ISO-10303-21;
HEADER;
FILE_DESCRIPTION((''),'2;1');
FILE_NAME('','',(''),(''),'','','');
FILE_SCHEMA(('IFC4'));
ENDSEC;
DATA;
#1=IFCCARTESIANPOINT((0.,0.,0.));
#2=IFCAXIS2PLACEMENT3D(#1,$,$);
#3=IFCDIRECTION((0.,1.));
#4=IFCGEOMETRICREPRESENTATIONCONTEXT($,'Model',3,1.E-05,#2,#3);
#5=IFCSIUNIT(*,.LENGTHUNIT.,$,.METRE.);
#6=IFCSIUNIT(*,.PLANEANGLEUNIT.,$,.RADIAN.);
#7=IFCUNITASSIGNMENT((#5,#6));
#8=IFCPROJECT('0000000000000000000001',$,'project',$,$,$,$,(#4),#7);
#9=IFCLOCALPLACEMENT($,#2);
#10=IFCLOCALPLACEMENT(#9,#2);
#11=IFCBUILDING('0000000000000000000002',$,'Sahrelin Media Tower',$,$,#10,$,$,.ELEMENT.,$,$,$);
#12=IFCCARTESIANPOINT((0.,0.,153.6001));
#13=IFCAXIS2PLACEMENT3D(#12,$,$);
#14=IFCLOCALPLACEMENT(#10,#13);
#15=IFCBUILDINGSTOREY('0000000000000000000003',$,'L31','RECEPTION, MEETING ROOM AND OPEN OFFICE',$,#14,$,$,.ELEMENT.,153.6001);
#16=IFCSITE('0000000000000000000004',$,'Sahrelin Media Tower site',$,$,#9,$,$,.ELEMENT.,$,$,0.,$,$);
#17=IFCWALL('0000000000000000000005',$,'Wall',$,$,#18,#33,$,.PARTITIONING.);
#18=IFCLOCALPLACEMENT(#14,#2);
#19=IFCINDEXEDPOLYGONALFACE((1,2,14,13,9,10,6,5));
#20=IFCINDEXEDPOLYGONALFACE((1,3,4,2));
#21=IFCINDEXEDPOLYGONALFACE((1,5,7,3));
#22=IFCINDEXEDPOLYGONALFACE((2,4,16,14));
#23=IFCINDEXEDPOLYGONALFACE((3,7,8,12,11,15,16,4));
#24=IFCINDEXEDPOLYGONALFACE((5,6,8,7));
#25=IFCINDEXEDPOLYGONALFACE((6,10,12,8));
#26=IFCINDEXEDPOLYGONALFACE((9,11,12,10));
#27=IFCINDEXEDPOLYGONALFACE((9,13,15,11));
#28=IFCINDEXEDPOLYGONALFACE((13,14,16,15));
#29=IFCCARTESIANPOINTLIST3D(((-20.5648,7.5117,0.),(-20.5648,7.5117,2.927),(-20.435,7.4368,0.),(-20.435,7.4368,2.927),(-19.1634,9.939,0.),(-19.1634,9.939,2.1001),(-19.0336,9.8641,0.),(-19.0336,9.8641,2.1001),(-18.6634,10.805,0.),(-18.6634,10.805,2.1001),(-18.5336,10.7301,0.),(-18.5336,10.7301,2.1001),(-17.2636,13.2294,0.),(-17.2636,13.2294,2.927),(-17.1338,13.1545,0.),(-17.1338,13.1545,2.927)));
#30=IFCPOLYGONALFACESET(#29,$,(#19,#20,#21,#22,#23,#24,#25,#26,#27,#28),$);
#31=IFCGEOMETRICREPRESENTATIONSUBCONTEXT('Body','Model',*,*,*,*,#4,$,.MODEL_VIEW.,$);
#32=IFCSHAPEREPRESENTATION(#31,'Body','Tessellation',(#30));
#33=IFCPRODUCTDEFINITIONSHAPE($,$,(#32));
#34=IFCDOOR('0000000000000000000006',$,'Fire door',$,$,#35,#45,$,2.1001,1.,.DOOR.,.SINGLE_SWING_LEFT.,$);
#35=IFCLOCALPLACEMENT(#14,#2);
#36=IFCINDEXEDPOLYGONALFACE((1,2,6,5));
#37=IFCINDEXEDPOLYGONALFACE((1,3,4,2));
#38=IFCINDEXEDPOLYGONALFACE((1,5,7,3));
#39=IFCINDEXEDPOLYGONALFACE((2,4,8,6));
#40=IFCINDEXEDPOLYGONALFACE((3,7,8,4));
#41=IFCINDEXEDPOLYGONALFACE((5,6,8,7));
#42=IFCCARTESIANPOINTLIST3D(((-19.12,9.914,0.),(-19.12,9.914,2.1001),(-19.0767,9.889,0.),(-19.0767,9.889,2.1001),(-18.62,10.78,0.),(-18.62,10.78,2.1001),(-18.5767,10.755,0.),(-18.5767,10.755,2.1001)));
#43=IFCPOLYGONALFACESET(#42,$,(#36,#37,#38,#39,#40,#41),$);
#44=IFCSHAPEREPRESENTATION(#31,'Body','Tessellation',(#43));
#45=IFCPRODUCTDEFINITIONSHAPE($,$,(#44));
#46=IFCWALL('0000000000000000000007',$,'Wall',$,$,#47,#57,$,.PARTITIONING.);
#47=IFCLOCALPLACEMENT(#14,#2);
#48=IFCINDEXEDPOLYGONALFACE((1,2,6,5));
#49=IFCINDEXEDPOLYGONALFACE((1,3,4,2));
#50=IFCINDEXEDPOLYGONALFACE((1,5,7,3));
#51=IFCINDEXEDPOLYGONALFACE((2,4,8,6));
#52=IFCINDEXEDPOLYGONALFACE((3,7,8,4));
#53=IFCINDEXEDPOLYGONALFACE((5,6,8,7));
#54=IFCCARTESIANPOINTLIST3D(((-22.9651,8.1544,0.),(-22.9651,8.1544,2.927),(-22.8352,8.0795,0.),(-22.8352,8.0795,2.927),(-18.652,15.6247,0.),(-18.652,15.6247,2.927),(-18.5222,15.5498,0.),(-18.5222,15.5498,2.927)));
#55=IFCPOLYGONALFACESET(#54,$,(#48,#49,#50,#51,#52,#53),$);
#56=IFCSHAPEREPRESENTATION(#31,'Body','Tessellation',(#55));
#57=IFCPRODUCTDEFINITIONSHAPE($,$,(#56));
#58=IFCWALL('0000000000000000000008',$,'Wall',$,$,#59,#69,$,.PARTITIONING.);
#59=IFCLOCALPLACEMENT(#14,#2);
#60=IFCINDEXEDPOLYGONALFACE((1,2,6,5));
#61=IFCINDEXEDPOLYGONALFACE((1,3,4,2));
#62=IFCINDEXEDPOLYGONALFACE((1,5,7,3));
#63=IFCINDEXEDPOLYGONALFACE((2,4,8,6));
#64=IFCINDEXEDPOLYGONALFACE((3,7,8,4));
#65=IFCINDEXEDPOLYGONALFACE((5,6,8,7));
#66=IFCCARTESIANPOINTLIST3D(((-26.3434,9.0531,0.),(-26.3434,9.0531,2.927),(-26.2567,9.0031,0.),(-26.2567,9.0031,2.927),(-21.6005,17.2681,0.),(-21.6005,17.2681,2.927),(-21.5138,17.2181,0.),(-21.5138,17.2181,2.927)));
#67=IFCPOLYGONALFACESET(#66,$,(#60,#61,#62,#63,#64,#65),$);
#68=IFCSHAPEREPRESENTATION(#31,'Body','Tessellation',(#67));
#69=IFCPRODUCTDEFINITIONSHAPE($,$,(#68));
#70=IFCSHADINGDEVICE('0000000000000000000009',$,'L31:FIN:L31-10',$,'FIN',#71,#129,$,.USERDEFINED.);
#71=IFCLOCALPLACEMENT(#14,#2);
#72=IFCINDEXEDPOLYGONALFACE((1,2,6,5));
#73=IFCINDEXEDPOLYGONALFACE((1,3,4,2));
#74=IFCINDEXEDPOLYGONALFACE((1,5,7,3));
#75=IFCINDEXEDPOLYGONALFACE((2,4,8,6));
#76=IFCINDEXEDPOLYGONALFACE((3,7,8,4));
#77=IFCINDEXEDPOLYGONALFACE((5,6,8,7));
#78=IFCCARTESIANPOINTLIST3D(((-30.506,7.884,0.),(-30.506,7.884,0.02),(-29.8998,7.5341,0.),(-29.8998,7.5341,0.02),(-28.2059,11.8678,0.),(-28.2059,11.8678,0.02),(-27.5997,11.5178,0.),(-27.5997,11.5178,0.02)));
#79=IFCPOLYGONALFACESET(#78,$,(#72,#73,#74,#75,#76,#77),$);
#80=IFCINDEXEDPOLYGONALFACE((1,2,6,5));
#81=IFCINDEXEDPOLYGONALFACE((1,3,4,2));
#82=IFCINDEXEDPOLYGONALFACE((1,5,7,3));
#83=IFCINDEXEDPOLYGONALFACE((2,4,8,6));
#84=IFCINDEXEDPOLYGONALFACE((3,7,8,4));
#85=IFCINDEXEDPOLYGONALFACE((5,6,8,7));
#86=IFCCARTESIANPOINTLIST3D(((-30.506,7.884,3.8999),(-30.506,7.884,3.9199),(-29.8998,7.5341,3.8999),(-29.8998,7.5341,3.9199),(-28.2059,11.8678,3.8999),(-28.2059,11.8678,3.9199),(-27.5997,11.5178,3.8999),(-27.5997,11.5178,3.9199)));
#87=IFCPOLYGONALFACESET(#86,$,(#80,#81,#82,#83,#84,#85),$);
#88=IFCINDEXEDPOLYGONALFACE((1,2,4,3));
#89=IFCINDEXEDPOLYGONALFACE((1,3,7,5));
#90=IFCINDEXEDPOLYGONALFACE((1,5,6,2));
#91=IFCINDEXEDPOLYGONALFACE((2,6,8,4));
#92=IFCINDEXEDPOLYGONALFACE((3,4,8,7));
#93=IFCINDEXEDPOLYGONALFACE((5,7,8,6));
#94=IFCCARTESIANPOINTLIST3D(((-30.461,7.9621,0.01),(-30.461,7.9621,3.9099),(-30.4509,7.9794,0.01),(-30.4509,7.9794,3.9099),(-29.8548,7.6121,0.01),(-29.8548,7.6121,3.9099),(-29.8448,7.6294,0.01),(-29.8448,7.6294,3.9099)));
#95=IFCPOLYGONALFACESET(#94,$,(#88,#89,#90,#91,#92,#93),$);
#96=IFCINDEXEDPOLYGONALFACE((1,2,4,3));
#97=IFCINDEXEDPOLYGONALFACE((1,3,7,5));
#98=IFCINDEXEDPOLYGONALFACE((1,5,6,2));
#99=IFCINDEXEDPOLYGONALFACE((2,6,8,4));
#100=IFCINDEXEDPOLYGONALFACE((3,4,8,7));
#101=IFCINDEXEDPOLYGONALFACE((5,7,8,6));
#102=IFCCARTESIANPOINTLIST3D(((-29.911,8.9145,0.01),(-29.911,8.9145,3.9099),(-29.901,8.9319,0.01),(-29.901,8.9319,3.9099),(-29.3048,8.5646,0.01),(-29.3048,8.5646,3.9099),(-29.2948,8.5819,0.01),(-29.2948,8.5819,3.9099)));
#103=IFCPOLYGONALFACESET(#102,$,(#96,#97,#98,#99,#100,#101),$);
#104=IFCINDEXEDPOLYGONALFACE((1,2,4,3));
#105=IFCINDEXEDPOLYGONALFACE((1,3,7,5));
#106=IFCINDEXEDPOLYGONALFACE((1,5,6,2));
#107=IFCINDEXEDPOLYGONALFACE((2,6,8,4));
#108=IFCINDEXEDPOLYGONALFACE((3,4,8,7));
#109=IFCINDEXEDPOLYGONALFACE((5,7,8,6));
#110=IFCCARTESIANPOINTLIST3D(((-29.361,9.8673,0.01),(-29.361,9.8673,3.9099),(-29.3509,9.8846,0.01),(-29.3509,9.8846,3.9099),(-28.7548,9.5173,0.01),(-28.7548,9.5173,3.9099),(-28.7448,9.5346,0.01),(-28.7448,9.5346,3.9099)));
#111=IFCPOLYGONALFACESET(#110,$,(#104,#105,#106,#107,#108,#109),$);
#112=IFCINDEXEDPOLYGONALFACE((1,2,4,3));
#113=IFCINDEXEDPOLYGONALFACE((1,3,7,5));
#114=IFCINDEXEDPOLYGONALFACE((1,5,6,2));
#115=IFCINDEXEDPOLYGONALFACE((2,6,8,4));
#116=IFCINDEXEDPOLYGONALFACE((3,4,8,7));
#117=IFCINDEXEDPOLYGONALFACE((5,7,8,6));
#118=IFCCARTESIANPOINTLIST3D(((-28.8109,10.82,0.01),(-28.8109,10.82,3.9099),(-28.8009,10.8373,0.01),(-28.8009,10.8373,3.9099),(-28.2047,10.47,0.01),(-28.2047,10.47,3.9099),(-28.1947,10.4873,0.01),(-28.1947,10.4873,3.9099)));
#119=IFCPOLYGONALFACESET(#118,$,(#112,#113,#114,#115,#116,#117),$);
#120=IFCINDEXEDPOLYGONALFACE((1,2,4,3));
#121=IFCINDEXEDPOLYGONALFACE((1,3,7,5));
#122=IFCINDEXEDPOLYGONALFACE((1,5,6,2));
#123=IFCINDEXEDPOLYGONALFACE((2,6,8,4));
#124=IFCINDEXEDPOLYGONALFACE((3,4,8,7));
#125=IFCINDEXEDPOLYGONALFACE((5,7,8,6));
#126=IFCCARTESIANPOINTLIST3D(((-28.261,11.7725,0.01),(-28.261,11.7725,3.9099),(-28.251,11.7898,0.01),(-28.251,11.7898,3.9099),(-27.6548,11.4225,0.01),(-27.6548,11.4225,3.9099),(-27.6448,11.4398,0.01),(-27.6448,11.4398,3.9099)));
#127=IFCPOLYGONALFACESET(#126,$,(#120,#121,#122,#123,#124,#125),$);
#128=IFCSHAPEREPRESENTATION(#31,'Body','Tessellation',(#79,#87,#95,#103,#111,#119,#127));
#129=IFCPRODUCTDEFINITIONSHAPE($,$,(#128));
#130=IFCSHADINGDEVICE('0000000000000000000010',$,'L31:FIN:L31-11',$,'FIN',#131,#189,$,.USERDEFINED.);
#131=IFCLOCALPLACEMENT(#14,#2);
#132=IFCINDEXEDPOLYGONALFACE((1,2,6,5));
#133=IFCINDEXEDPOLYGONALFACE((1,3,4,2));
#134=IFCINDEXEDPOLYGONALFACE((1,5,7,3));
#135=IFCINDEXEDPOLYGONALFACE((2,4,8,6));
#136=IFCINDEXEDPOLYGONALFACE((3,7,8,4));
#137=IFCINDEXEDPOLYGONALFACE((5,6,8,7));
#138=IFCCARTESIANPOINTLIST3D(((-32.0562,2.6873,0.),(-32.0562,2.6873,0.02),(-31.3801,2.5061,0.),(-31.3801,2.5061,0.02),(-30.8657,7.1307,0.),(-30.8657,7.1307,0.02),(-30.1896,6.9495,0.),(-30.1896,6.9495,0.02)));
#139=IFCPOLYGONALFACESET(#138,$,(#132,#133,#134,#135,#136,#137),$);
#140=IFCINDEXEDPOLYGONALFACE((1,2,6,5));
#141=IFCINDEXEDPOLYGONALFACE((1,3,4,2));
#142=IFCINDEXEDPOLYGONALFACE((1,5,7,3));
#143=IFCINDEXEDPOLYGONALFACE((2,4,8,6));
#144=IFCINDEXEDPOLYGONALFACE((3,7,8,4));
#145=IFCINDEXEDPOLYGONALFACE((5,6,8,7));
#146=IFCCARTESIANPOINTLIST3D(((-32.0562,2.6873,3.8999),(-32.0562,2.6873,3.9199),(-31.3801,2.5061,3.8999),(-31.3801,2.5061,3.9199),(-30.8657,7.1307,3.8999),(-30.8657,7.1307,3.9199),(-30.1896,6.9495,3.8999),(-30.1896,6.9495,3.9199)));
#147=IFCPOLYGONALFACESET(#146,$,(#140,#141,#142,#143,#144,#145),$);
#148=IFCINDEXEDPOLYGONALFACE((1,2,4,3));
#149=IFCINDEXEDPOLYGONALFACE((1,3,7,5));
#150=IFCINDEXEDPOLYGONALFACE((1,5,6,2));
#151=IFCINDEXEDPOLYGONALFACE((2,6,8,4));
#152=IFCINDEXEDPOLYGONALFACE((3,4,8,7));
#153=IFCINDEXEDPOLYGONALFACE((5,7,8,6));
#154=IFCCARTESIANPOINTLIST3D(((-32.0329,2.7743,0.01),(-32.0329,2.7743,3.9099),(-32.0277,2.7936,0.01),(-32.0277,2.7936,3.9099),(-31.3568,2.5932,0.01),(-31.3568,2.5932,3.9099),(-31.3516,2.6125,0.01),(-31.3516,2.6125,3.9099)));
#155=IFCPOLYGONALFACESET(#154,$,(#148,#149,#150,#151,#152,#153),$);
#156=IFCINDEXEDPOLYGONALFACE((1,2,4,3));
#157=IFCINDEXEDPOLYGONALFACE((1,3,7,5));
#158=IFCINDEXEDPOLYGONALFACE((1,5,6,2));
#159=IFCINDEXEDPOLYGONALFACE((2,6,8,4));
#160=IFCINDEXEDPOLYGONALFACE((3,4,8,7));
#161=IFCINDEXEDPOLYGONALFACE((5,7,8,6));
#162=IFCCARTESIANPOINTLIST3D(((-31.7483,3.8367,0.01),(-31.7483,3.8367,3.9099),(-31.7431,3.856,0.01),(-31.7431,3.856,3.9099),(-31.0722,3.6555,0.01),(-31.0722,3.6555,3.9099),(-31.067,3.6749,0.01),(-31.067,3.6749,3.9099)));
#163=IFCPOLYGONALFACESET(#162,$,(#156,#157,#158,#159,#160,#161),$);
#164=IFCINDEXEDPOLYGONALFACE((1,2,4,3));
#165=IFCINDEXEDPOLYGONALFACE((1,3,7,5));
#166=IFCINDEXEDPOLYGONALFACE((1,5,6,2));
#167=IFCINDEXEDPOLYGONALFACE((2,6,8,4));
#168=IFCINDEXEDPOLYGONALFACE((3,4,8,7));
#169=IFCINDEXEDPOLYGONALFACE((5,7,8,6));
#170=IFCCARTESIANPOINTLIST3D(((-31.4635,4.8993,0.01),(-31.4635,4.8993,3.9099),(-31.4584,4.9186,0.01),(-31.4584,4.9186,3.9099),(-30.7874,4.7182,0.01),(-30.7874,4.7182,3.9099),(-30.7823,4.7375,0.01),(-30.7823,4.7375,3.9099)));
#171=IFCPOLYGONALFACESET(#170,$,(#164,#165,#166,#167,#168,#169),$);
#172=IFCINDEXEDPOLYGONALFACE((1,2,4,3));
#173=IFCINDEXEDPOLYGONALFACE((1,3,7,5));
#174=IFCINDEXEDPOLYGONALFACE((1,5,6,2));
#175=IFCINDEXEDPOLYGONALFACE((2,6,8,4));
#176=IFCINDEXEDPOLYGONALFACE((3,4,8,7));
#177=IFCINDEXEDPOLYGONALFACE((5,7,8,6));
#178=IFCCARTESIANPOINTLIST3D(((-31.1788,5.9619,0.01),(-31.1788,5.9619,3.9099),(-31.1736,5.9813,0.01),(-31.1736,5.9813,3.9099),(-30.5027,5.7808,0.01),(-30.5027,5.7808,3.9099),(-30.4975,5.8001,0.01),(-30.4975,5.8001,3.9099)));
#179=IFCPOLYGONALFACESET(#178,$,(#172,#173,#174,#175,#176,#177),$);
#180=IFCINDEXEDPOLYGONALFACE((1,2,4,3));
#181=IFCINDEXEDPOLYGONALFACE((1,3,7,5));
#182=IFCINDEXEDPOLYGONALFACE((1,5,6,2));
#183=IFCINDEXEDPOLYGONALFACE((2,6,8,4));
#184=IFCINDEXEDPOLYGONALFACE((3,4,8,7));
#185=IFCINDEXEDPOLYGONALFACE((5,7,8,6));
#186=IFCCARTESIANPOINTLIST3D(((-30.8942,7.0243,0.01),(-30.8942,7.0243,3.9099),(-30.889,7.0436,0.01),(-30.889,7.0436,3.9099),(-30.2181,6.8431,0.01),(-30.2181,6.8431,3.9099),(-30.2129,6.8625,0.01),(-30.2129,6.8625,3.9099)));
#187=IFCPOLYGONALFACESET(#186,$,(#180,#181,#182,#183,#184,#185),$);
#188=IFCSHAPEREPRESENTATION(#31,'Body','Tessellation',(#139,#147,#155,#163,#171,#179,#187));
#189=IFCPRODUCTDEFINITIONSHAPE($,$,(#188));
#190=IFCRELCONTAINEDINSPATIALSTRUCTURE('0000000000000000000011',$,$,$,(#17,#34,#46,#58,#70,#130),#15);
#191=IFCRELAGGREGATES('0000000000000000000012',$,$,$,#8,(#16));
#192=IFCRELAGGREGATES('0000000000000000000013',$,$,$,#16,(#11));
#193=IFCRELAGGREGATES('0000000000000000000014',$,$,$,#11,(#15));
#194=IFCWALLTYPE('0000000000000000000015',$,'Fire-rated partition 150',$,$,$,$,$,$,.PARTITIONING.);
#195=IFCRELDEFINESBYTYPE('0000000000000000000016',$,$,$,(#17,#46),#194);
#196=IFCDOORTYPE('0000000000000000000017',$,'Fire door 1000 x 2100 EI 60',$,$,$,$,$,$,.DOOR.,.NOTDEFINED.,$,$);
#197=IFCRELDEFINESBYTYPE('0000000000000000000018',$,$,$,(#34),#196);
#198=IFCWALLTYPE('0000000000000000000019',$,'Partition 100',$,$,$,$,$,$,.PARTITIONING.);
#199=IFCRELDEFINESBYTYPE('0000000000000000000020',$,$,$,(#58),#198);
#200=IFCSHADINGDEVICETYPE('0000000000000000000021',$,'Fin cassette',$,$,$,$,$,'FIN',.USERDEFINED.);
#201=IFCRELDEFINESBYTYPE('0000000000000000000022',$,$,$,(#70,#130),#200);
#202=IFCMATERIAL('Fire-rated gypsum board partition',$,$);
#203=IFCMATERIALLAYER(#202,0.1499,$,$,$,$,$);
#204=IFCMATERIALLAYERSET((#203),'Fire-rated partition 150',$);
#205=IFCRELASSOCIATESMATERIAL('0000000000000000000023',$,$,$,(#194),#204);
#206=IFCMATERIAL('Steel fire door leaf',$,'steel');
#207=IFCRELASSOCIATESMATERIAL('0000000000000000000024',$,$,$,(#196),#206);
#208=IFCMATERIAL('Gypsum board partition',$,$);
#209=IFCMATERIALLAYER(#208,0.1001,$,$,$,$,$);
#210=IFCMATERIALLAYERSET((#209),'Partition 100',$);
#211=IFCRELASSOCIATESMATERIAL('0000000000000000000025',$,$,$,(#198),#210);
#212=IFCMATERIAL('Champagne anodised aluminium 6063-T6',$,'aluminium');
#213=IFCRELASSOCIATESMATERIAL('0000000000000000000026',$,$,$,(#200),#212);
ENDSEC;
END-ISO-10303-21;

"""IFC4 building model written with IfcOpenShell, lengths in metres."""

from ifc_helpers import new_model, si_unit, direction, frame, frame_2d, origin, origin_2d, place, context, subcontext, project, spatial, rectangle, extrude, material, layer, layer_set, type_object, element, fill, save


model = new_model("IFC4")

# Units and contexts
model_context = context("Model", 3, precision=1e-05, world=origin(), true_north=direction((0.0, 1.0)))
body_context = subcontext(model_context, "Body", "Model", "MODEL_VIEW")
ifc_project = project(units=[si_unit("LENGTHUNIT", "METRE"), si_unit("PLANEANGLEUNIT", "RADIAN")], contexts=[model_context])

# Site, building, storey
site_placement = place(None, origin())
site = spatial("IfcSite", under=ifc_project, at=site_placement, Name="Sahrelin Media Tower site", CompositionType="ELEMENT", RefElevation=0.0)
building_placement = place(site_placement, origin())
building = spatial("IfcBuilding", under=site, at=building_placement, Name="Sahrelin Media Tower", CompositionType="ELEMENT")
storey_placement = place(building_placement, frame((0.0, 0.0, 153.6001)))
storey = spatial("IfcBuildingStorey", under=building, at=storey_placement, Name="L31", Description="RECEPTION, MEETING ROOM AND OPEN OFFICE", CompositionType="ELEMENT", Elevation=153.6001)

# Shared definitions
ifc_material_1 = material(Name="Champagne anodised aluminium 6063-T6", Category="aluminium")

# Shared definitions
ifc_material_2 = material(Name="Fire-rated gypsum board partition")
ifc_layer_1 = layer(ifc_material_2, 0.1499)
ifc_layer_set_1 = layer_set([ifc_layer_1], Name="Fire-rated partition 150")
wall_type_1 = type_object("IfcWallType", Name="Fire-rated partition 150", PredefinedType="PARTITIONING", material=ifc_layer_set_1)

# Wall, opening, door
wall_1_placement = place(storey_placement, frame((-20.5, 7.4741, 0.0), z_axis=(0.0, 0.0, 1.0), x_axis=(0.500013, 0.866018, 0.0)))
wall_1 = element("IfcWall", 1, at=wall_1_placement, inside=storey, type_object=wall_type_1, Name="Wall", PredefinedType="PARTITIONING", context=body_context, shape_type="SweptSolid", body=[
    extrude(rectangle(XDim=6.6023, YDim=0.1499, at=frame_2d((3.3013, 0.0))), origin(), (0.0, 0.0, 1.0), 2.927),
])
opening_placement = place(wall_1_placement, frame((2.803, 0.0, 0.0)))
opening = element("IfcOpeningElement", 2, at=opening_placement, cuts=wall_1, PredefinedType="OPENING", context=body_context, shape_type="SweptSolid", body=[
    extrude(rectangle(XDim=1.0, YDim=2.1001, at=frame_2d((0.5, 1.05))), frame((0.0, 0.075, 0.0), z_axis=(0.0, -1.0, 0.0), x_axis=(1.0, 0.0, 0.0)), (0.0, 0.0, 1.0), 0.1499),
])
ifc_material_3 = material(Name="Steel fire door leaf", Category="steel")
door_type = type_object("IfcDoorType", Name="Fire door 1000 x 2100 EI 60", OperationType="NOTDEFINED", PredefinedType="DOOR", material=ifc_material_3)
door_placement = place(opening_placement, origin())
door = element("IfcDoor", 3, at=door_placement, inside=storey, type_object=door_type, Name="Fire door", OperationType="SINGLE_SWING_LEFT", OverallHeight=2.1001, OverallWidth=1.0, PredefinedType="DOOR", context=body_context, shape_type="SweptSolid", body=[
    extrude(rectangle(XDim=1.0, YDim=2.1001, at=frame_2d((0.5, 1.05))), frame((0.0, 0.0249, 0.0), z_axis=(0.0, -1.0, 0.0), x_axis=(1.0, 0.0, 0.0)), (0.0, 0.0, 1.0), 0.05),
])
fill(opening, door)

# Walls
wall_2_placement = place(storey_placement, frame((-22.9001, 8.1169, 0.0), z_axis=(0.0, 0.0, 1.0), x_axis=(0.500005, 0.866023, 0.0)))
element("IfcWall", 4, at=wall_2_placement, inside=storey, type_object=wall_type_1, Name="Wall", PredefinedType="PARTITIONING", context=body_context, shape_type="SweptSolid", body=[
    extrude(rectangle(XDim=8.626, YDim=0.1499, at=frame_2d((4.313, 0.0))), origin(), (0.0, 0.0, 1.0), 2.927),
])
ifc_material_4 = material(Name="Gypsum board partition")
ifc_layer_2 = layer(ifc_material_4, 0.1001)
ifc_layer_set_2 = layer_set([ifc_layer_2], Name="Partition 100")
wall_type_2 = type_object("IfcWallType", Name="Partition 100", PredefinedType="PARTITIONING", material=ifc_layer_set_2)
wall_3_placement = place(storey_placement, frame((-26.3, 9.0281, 0.0), z_axis=(0.0, 0.0, 1.0), x_axis=(0.499995, 0.866028, 0.0)))
element("IfcWall", 5, at=wall_3_placement, inside=storey, type_object=wall_type_2, Name="Wall", PredefinedType="PARTITIONING", context=body_context, shape_type="SweptSolid", body=[
    extrude(rectangle(XDim=9.4858, YDim=0.1001, at=frame_2d((4.7429, 0.0))), origin(), (0.0, 0.0, 1.0), 2.927),
])

# Shading devices
shading_device_type_1 = type_object("IfcShadingDeviceType", Name="Fin cassette", ElementType="FIN", PredefinedType="USERDEFINED", material=ifc_material_1)
placement_1 = place(storey_placement, frame((-28.6892, 9.491, 0.0), z_axis=(0.0, 0.0, 1.0), x_axis=(0.500011, 0.866019, 0.0)))
element("IfcShadingDevice", 6, at=placement_1, inside=storey, type_object=shading_device_type_1, Name="L31:FIN:L31-10", ObjectType="FIN", PredefinedType="USERDEFINED", context=body_context, shape_type="SweptSolid", body=[
    extrude(rectangle(XDim=4.6001, YDim=0.7, at=origin_2d()), frame((0.0, 0.4199, 0.0)), (0.0, 0.0, 1.0), 0.02),
    extrude(rectangle(XDim=4.6001, YDim=0.7, at=origin_2d()), frame((0.0, 0.4199, 3.8999)), (0.0, 0.0, 1.0), 0.02),
    extrude(rectangle(XDim=0.02, YDim=0.7, at=origin_2d()), frame((-2.2, 0.4199, 0.01), z_axis=(0.0, 0.0, 1.0), x_axis=(1.0, 0.0, 0.0)), (0.0, 0.0, 1.0), 3.8999),
    extrude(rectangle(XDim=0.02, YDim=0.7, at=origin_2d()), frame((-1.1001, 0.4199, 0.01), z_axis=(0.0, 0.0, 1.0), x_axis=(1.0, 0.0, 0.0)), (0.0, 0.0, 1.0), 3.8999),
    extrude(rectangle(XDim=0.02, YDim=0.7, at=origin_2d()), frame((0.0, 0.4199, 0.01), z_axis=(0.0, 0.0, 1.0), x_axis=(1.0, 0.0, 0.0)), (0.0, 0.0, 1.0), 3.8999),
    extrude(rectangle(XDim=0.02, YDim=0.7, at=origin_2d()), frame((1.1001, 0.4199, 0.01), z_axis=(0.0, 0.0, 1.0), x_axis=(1.0, 0.0, 0.0)), (0.0, 0.0, 1.0), 3.8999),
    extrude(rectangle(XDim=0.02, YDim=0.7, at=origin_2d()), frame((2.2, 0.4199, 0.01), z_axis=(0.0, 0.0, 1.0), x_axis=(1.0, 0.0, 0.0)), (0.0, 0.0, 1.0), 3.8999),
])
placement_2 = place(storey_placement, frame((-30.7173, 4.7097, 0.0), z_axis=(0.0, 0.0, 1.0), x_axis=(0.258808, 0.965929, 0.0)))
element("IfcShadingDevice", 7, at=placement_2, inside=storey, type_object=shading_device_type_1, Name="L31:FIN:L31-11", ObjectType="FIN", PredefinedType="USERDEFINED", context=body_context, shape_type="SweptSolid", body=[
    extrude(rectangle(XDim=4.6001, YDim=0.7, at=origin_2d()), frame((0.0, 0.4199, 0.0)), (0.0, 0.0, 1.0), 0.02),
    extrude(rectangle(XDim=4.6001, YDim=0.7, at=origin_2d()), frame((0.0, 0.4199, 3.8999)), (0.0, 0.0, 1.0), 0.02),
    extrude(rectangle(XDim=0.02, YDim=0.7, at=origin_2d()), frame((-2.2, 0.4199, 0.01), z_axis=(0.0, 0.0, 1.0), x_axis=(1.0, 0.0, 0.0)), (0.0, 0.0, 1.0), 3.8999),
    extrude(rectangle(XDim=0.02, YDim=0.7, at=origin_2d()), frame((-1.1001, 0.4199, 0.01), z_axis=(0.0, 0.0, 1.0), x_axis=(1.0, 0.0, 0.0)), (0.0, 0.0, 1.0), 3.8999),
    extrude(rectangle(XDim=0.02, YDim=0.7, at=origin_2d()), frame((0.0, 0.4199, 0.01), z_axis=(0.0, 0.0, 1.0), x_axis=(1.0, 0.0, 0.0)), (0.0, 0.0, 1.0), 3.8999),
    extrude(rectangle(XDim=0.02, YDim=0.7, at=origin_2d()), frame((1.1001, 0.4199, 0.01), z_axis=(0.0, 0.0, 1.0), x_axis=(1.0, 0.0, 0.0)), (0.0, 0.0, 1.0), 3.8999),
    extrude(rectangle(XDim=0.02, YDim=0.7, at=origin_2d()), frame((2.2, 0.4199, 0.01), z_axis=(0.0, 0.0, 1.0), x_axis=(1.0, 0.0, 0.0)), (0.0, 0.0, 1.0), 3.8999),
])

save(model, "model.ifc")
